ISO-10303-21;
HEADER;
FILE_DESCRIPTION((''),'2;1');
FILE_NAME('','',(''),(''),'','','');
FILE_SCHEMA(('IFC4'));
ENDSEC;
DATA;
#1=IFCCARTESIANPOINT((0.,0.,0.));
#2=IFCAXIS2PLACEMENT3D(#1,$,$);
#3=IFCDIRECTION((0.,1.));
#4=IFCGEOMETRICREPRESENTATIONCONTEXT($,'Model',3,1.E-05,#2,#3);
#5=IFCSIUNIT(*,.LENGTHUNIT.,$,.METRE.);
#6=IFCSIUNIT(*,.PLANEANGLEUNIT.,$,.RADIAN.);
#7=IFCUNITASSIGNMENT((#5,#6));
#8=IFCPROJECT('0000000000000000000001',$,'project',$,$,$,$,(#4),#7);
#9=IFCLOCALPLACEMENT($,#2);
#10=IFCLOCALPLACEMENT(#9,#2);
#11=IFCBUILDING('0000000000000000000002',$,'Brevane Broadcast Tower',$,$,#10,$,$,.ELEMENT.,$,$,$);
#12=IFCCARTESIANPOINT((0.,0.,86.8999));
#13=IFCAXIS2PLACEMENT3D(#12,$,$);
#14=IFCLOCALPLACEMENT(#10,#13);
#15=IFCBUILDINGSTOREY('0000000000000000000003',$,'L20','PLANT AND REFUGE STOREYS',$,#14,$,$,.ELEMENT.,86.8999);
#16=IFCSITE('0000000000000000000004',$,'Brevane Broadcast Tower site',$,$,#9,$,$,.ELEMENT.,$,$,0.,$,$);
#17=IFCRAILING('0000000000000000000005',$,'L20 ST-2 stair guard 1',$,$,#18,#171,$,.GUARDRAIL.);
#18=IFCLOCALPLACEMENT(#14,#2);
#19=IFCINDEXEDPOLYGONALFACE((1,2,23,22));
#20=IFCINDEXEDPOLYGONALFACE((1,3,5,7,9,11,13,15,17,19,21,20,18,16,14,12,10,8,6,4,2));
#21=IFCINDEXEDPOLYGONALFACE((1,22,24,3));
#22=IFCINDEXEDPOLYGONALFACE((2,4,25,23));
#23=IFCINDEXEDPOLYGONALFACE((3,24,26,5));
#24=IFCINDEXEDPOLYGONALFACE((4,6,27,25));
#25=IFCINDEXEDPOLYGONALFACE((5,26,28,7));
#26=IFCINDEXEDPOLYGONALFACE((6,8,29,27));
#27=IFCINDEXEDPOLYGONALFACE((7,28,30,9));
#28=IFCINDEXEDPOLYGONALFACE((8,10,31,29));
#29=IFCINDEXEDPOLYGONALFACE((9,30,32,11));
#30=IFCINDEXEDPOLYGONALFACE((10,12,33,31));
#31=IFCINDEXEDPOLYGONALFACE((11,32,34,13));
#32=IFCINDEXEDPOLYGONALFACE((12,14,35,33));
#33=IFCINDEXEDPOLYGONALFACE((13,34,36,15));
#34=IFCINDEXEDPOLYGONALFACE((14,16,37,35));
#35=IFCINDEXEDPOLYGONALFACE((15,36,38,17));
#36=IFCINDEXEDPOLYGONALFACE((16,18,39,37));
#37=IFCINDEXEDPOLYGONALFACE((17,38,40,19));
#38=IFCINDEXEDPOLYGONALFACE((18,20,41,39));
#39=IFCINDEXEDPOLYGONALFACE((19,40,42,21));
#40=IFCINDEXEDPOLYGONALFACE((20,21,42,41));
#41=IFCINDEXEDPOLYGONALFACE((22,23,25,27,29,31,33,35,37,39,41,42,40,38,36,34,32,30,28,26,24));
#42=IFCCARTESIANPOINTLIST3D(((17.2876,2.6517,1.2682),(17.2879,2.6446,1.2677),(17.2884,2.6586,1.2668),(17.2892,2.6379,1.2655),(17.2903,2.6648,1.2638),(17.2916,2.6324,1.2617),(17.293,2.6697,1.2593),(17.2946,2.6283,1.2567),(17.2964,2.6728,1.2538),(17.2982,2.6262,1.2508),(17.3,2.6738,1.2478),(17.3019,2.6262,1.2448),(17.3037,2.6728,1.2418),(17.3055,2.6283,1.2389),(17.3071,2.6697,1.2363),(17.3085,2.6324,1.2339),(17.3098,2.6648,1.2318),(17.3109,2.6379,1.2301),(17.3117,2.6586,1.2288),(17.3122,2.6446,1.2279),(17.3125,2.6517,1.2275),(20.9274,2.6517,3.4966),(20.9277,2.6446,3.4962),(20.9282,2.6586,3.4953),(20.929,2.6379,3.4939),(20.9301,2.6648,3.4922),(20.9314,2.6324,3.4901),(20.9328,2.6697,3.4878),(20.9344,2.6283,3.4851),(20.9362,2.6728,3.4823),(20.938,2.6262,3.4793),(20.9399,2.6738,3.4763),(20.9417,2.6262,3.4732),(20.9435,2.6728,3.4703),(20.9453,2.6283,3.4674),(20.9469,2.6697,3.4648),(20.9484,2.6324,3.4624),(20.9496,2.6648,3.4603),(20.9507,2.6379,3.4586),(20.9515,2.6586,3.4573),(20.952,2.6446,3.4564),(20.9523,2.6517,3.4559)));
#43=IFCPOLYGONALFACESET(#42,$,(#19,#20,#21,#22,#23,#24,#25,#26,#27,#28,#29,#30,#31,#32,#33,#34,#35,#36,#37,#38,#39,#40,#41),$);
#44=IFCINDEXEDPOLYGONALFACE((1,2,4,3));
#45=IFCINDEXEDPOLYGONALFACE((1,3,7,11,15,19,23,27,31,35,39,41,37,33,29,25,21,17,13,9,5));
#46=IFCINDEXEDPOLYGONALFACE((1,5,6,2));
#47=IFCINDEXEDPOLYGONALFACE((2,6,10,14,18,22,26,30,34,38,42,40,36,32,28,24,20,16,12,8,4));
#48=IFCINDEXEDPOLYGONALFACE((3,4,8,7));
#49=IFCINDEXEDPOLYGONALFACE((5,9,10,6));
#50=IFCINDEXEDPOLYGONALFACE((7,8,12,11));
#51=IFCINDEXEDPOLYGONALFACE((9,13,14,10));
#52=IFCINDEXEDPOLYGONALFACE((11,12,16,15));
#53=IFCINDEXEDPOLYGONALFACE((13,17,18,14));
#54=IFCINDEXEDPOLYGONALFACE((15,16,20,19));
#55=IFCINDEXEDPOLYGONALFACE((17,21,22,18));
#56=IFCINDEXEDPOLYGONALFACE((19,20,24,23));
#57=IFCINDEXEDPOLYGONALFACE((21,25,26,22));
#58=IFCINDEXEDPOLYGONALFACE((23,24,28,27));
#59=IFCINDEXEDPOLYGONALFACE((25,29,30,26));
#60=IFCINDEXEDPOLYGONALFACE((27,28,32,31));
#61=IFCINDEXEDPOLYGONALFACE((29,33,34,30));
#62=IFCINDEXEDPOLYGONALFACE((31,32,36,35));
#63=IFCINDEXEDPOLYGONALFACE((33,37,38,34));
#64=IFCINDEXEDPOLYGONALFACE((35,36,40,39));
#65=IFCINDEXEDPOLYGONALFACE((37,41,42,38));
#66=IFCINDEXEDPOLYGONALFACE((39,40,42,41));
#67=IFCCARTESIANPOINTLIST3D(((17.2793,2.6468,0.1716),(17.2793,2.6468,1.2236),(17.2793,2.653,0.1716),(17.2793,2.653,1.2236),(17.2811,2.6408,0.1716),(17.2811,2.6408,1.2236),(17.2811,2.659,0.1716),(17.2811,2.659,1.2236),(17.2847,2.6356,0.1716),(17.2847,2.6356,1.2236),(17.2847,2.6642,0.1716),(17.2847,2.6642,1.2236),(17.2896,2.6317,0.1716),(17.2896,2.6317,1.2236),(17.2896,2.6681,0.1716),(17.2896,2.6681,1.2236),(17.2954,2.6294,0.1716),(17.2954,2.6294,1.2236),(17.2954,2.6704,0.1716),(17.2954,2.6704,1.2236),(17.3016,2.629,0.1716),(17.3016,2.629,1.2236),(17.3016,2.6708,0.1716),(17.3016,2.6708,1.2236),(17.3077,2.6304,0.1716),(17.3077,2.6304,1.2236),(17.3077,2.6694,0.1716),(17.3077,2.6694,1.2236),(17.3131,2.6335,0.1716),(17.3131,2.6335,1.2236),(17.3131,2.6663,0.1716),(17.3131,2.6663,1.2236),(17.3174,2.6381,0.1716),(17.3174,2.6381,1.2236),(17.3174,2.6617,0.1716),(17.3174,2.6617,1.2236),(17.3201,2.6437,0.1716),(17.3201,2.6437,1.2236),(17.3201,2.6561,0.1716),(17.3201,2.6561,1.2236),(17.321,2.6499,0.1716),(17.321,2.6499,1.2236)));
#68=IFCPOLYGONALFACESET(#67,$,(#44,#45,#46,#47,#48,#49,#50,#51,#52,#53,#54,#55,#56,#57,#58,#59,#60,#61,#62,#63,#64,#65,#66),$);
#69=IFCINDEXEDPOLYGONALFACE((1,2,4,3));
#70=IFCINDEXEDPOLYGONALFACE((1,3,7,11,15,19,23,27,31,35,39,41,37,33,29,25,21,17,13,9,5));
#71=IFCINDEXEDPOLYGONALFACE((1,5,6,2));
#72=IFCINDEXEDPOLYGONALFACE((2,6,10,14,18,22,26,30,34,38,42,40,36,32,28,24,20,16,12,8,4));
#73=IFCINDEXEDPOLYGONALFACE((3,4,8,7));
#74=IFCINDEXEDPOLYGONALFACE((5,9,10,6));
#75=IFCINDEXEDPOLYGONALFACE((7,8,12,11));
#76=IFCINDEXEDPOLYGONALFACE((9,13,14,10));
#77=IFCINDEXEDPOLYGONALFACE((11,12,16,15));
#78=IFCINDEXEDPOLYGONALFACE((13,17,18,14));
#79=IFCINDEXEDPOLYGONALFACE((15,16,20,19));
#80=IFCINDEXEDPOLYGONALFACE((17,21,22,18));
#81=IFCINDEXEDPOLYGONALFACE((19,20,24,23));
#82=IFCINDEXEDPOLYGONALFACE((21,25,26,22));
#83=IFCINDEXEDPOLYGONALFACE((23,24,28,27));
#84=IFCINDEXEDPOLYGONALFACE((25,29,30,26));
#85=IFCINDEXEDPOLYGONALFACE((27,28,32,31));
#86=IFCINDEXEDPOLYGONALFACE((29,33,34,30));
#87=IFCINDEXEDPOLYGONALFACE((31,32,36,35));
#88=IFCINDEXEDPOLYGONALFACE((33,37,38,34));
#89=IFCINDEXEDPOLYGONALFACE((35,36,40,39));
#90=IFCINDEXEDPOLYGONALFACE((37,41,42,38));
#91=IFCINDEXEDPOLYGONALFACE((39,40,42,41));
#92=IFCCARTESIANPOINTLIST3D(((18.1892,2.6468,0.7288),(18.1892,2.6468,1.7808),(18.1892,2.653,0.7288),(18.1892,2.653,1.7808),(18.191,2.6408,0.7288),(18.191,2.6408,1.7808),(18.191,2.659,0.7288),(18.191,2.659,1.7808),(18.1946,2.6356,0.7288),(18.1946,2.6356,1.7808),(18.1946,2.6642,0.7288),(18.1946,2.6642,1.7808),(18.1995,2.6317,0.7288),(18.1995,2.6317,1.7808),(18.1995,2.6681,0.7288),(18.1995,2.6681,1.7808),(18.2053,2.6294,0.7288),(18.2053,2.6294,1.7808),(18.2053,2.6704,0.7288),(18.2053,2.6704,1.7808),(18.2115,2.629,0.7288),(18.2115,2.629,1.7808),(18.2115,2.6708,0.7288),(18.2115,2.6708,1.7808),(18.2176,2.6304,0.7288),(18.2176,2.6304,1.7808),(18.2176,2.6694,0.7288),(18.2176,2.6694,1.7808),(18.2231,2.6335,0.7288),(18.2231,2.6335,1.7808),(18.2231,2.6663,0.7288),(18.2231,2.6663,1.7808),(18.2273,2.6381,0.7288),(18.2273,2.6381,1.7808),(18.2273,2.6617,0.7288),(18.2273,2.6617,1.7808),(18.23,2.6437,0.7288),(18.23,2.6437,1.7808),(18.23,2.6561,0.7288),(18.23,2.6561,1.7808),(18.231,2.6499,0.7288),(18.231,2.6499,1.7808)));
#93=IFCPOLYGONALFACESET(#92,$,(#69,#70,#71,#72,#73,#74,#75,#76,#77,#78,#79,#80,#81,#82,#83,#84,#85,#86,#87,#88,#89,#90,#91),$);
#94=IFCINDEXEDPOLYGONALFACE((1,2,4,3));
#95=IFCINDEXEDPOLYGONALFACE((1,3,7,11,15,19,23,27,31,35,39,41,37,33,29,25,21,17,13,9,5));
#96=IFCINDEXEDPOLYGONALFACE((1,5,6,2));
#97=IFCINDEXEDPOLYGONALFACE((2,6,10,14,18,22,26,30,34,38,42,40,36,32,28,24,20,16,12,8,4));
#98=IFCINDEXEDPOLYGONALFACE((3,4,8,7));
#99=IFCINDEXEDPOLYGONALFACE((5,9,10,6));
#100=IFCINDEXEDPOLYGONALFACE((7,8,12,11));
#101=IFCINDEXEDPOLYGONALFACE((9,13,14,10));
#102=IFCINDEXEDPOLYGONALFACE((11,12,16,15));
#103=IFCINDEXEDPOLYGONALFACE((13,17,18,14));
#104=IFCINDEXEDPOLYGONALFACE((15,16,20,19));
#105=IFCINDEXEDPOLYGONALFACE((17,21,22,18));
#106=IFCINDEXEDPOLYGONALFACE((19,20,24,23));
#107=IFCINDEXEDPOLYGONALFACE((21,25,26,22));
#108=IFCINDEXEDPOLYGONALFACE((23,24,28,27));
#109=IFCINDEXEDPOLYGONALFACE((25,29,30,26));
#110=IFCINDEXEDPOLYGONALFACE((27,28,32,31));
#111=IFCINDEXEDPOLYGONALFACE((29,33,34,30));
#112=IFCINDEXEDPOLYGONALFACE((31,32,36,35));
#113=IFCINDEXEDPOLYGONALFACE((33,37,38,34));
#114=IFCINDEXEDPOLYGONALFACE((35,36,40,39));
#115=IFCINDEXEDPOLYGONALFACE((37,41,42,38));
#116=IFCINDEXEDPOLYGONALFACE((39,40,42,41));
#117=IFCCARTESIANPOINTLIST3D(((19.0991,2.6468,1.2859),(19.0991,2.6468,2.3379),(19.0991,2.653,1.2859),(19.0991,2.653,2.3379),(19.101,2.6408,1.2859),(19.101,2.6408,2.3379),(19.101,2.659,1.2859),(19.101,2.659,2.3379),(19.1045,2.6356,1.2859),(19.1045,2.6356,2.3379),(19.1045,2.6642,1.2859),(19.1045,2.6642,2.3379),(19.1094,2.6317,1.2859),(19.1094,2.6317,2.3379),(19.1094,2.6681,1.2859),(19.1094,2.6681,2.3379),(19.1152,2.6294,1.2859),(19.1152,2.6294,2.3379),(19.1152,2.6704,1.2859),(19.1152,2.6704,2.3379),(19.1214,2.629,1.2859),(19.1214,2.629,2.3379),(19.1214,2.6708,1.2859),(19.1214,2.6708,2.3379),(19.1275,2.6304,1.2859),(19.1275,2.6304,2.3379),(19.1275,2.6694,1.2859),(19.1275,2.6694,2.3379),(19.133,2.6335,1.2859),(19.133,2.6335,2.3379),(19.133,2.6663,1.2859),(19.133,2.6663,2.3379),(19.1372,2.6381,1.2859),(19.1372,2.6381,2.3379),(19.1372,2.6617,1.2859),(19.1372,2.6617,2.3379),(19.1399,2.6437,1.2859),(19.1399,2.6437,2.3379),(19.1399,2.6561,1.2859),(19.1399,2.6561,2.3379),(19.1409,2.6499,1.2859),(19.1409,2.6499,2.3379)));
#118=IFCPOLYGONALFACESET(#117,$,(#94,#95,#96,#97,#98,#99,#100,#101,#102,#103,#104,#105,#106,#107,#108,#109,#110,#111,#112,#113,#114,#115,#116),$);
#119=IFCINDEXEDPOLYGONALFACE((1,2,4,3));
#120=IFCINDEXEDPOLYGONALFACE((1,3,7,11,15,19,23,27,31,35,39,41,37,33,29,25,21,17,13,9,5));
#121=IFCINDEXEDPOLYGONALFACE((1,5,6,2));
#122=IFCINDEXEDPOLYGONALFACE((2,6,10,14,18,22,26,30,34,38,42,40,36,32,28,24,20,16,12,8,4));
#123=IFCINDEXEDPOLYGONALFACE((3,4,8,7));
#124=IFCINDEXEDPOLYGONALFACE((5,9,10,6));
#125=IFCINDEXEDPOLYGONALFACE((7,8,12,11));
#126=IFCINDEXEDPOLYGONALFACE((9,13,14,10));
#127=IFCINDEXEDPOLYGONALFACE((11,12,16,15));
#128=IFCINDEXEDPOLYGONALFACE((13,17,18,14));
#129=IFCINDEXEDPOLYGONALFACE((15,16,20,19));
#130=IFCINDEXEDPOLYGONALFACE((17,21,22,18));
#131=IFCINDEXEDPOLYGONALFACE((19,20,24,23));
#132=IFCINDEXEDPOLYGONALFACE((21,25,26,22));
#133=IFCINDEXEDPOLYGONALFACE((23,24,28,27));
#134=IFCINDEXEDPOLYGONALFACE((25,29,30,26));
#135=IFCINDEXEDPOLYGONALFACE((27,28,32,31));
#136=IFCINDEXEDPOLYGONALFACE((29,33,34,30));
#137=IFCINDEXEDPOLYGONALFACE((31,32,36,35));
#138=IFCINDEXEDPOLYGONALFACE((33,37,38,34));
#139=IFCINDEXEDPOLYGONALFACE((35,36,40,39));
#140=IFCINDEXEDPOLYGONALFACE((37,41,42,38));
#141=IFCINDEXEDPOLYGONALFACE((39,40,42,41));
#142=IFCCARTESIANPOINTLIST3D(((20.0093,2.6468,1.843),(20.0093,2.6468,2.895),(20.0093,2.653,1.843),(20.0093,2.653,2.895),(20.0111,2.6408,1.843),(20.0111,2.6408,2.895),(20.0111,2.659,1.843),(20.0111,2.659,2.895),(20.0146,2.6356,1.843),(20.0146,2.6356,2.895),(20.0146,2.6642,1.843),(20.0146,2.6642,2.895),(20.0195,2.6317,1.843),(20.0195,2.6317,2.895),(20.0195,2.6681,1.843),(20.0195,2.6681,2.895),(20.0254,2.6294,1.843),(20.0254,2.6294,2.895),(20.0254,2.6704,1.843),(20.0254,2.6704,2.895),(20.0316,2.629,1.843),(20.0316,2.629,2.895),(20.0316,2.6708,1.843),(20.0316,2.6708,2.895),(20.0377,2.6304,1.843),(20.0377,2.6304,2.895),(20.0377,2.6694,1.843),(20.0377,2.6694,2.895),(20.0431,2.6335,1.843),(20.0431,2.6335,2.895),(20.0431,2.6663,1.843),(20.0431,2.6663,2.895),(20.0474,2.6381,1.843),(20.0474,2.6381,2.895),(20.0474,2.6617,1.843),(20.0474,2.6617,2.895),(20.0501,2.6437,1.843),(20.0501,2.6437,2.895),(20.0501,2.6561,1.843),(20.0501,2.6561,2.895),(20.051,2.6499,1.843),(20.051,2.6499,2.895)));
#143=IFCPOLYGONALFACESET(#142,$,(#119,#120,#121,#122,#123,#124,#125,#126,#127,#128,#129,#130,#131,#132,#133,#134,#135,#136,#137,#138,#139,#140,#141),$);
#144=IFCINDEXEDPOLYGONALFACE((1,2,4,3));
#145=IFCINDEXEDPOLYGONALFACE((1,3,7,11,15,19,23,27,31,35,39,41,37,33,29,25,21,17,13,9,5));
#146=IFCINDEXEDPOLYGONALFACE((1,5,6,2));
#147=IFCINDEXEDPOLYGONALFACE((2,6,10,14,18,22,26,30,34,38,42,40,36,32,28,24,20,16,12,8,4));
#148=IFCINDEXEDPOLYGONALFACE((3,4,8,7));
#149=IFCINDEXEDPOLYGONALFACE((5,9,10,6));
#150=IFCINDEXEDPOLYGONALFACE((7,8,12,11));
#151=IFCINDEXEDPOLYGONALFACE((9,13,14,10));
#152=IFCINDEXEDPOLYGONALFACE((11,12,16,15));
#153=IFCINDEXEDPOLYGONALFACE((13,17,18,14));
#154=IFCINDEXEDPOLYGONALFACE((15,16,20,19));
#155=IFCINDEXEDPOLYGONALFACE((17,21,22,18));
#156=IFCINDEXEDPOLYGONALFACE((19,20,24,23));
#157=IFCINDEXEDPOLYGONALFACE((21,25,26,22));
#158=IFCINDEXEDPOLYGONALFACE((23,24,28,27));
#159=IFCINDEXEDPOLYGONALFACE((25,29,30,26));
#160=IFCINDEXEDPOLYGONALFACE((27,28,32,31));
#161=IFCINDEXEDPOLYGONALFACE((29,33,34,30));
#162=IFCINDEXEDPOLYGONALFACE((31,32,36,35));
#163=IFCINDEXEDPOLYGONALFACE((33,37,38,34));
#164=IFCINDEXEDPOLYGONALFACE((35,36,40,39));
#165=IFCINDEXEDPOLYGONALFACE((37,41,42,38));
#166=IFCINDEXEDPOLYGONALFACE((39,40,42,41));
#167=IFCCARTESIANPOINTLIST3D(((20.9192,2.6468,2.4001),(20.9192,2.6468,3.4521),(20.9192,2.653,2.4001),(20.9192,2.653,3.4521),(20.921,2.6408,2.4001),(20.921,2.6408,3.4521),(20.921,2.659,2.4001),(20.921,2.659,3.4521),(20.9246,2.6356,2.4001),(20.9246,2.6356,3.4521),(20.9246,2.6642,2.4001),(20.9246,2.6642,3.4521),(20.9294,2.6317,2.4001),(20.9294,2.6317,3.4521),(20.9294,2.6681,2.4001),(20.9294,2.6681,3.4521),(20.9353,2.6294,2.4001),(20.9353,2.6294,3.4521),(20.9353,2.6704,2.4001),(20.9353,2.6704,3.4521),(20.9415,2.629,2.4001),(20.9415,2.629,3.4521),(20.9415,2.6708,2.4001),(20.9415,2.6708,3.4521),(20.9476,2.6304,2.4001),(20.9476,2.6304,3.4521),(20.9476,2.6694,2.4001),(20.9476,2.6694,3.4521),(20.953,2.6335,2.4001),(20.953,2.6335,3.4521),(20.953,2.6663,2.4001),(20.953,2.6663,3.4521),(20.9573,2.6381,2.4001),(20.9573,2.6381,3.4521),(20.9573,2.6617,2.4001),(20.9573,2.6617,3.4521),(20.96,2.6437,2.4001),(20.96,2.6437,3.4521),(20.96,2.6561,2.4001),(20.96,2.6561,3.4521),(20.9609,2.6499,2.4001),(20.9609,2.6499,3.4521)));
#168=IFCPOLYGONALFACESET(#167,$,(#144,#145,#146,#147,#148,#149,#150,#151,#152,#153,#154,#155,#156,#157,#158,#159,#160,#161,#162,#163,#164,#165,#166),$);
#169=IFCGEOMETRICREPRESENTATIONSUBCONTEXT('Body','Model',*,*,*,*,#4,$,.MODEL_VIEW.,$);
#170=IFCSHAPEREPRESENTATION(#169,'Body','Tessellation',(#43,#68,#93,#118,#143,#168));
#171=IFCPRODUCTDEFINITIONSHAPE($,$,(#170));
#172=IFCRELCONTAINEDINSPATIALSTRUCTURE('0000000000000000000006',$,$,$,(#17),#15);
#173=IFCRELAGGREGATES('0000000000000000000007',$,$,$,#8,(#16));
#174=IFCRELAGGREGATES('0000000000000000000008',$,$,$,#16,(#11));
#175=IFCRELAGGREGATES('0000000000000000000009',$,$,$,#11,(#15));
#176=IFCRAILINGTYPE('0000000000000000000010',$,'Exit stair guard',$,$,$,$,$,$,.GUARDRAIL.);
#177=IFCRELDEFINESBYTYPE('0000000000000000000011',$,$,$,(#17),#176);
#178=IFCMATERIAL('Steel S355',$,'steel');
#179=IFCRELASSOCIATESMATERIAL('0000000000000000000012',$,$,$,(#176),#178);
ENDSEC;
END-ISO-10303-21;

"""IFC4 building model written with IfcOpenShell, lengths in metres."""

from ifc_helpers import new_model, si_unit, direction, frame, origin, origin_2d, place, context, subcontext, project, spatial, circle, extrude, material, type_object, element, save


model = new_model("IFC4")

# Units and contexts
model_context = context("Model", 3, precision=1e-05, world=origin(), true_north=direction((0.0, 1.0)))
body_context = subcontext(model_context, "Body", "Model", "MODEL_VIEW")
ifc_project = project(units=[si_unit("LENGTHUNIT", "METRE"), si_unit("PLANEANGLEUNIT", "RADIAN")], contexts=[model_context])

# Site, building, storey
site_placement = place(None, origin())
site = spatial("IfcSite", under=ifc_project, at=site_placement, Name="Brevane Broadcast Tower site", CompositionType="ELEMENT", RefElevation=0.0)
building_placement = place(site_placement, origin())
building = spatial("IfcBuilding", under=site, at=building_placement, Name="Brevane Broadcast Tower", CompositionType="ELEMENT")
storey_placement = place(building_placement, frame((0.0, 0.0, 86.8999)))
storey = spatial("IfcBuildingStorey", under=building, at=storey_placement, Name="L20", Description="PLANT AND REFUGE STOREYS", CompositionType="ELEMENT", Elevation=86.8999)

# Railing
ifc_material_1 = material(Name="Steel S355", Category="steel")
railing_type = type_object("IfcRailingType", Name="Exit stair guard", PredefinedType="GUARDRAIL", material=ifc_material_1)
railing_1_placement = place(storey_placement, frame((17.3, 2.6499, 0.1716)))
element("IfcRailing", 1, at=railing_1_placement, inside=storey, type_object=railing_type, Name="L20 ST-2 stair guard 1", PredefinedType="GUARDRAIL", context=body_context, shape_type="SweptSolid", body=[
    extrude(circle(Radius=0.0239, at=origin_2d()), frame((0.0, 0.0, 1.0762), z_axis=(0.85285, 0.0, 0.522156), x_axis=(0.0, 1.0, 0.0)), (0.0, 0.0, 1.0), 4.2678),
    extrude(circle(Radius=0.021, at=origin_2d()), origin(), (0.0, 0.0, 1.0), 1.052),
    extrude(circle(Radius=0.021, at=origin_2d()), frame((0.9099, 0.0, 0.5571)), (0.0, 0.0, 1.0), 1.052),
    extrude(circle(Radius=0.021, at=origin_2d()), frame((1.8198, 0.0, 1.1143)), (0.0, 0.0, 1.0), 1.052),
    extrude(circle(Radius=0.021, at=origin_2d()), frame((2.73, 0.0, 1.6714)), (0.0, 0.0, 1.0), 1.052),
    extrude(circle(Radius=0.021, at=origin_2d()), frame((3.6399, 0.0, 2.2285)), (0.0, 0.0, 1.0), 1.052),
])

save(model, "model.ifc")
